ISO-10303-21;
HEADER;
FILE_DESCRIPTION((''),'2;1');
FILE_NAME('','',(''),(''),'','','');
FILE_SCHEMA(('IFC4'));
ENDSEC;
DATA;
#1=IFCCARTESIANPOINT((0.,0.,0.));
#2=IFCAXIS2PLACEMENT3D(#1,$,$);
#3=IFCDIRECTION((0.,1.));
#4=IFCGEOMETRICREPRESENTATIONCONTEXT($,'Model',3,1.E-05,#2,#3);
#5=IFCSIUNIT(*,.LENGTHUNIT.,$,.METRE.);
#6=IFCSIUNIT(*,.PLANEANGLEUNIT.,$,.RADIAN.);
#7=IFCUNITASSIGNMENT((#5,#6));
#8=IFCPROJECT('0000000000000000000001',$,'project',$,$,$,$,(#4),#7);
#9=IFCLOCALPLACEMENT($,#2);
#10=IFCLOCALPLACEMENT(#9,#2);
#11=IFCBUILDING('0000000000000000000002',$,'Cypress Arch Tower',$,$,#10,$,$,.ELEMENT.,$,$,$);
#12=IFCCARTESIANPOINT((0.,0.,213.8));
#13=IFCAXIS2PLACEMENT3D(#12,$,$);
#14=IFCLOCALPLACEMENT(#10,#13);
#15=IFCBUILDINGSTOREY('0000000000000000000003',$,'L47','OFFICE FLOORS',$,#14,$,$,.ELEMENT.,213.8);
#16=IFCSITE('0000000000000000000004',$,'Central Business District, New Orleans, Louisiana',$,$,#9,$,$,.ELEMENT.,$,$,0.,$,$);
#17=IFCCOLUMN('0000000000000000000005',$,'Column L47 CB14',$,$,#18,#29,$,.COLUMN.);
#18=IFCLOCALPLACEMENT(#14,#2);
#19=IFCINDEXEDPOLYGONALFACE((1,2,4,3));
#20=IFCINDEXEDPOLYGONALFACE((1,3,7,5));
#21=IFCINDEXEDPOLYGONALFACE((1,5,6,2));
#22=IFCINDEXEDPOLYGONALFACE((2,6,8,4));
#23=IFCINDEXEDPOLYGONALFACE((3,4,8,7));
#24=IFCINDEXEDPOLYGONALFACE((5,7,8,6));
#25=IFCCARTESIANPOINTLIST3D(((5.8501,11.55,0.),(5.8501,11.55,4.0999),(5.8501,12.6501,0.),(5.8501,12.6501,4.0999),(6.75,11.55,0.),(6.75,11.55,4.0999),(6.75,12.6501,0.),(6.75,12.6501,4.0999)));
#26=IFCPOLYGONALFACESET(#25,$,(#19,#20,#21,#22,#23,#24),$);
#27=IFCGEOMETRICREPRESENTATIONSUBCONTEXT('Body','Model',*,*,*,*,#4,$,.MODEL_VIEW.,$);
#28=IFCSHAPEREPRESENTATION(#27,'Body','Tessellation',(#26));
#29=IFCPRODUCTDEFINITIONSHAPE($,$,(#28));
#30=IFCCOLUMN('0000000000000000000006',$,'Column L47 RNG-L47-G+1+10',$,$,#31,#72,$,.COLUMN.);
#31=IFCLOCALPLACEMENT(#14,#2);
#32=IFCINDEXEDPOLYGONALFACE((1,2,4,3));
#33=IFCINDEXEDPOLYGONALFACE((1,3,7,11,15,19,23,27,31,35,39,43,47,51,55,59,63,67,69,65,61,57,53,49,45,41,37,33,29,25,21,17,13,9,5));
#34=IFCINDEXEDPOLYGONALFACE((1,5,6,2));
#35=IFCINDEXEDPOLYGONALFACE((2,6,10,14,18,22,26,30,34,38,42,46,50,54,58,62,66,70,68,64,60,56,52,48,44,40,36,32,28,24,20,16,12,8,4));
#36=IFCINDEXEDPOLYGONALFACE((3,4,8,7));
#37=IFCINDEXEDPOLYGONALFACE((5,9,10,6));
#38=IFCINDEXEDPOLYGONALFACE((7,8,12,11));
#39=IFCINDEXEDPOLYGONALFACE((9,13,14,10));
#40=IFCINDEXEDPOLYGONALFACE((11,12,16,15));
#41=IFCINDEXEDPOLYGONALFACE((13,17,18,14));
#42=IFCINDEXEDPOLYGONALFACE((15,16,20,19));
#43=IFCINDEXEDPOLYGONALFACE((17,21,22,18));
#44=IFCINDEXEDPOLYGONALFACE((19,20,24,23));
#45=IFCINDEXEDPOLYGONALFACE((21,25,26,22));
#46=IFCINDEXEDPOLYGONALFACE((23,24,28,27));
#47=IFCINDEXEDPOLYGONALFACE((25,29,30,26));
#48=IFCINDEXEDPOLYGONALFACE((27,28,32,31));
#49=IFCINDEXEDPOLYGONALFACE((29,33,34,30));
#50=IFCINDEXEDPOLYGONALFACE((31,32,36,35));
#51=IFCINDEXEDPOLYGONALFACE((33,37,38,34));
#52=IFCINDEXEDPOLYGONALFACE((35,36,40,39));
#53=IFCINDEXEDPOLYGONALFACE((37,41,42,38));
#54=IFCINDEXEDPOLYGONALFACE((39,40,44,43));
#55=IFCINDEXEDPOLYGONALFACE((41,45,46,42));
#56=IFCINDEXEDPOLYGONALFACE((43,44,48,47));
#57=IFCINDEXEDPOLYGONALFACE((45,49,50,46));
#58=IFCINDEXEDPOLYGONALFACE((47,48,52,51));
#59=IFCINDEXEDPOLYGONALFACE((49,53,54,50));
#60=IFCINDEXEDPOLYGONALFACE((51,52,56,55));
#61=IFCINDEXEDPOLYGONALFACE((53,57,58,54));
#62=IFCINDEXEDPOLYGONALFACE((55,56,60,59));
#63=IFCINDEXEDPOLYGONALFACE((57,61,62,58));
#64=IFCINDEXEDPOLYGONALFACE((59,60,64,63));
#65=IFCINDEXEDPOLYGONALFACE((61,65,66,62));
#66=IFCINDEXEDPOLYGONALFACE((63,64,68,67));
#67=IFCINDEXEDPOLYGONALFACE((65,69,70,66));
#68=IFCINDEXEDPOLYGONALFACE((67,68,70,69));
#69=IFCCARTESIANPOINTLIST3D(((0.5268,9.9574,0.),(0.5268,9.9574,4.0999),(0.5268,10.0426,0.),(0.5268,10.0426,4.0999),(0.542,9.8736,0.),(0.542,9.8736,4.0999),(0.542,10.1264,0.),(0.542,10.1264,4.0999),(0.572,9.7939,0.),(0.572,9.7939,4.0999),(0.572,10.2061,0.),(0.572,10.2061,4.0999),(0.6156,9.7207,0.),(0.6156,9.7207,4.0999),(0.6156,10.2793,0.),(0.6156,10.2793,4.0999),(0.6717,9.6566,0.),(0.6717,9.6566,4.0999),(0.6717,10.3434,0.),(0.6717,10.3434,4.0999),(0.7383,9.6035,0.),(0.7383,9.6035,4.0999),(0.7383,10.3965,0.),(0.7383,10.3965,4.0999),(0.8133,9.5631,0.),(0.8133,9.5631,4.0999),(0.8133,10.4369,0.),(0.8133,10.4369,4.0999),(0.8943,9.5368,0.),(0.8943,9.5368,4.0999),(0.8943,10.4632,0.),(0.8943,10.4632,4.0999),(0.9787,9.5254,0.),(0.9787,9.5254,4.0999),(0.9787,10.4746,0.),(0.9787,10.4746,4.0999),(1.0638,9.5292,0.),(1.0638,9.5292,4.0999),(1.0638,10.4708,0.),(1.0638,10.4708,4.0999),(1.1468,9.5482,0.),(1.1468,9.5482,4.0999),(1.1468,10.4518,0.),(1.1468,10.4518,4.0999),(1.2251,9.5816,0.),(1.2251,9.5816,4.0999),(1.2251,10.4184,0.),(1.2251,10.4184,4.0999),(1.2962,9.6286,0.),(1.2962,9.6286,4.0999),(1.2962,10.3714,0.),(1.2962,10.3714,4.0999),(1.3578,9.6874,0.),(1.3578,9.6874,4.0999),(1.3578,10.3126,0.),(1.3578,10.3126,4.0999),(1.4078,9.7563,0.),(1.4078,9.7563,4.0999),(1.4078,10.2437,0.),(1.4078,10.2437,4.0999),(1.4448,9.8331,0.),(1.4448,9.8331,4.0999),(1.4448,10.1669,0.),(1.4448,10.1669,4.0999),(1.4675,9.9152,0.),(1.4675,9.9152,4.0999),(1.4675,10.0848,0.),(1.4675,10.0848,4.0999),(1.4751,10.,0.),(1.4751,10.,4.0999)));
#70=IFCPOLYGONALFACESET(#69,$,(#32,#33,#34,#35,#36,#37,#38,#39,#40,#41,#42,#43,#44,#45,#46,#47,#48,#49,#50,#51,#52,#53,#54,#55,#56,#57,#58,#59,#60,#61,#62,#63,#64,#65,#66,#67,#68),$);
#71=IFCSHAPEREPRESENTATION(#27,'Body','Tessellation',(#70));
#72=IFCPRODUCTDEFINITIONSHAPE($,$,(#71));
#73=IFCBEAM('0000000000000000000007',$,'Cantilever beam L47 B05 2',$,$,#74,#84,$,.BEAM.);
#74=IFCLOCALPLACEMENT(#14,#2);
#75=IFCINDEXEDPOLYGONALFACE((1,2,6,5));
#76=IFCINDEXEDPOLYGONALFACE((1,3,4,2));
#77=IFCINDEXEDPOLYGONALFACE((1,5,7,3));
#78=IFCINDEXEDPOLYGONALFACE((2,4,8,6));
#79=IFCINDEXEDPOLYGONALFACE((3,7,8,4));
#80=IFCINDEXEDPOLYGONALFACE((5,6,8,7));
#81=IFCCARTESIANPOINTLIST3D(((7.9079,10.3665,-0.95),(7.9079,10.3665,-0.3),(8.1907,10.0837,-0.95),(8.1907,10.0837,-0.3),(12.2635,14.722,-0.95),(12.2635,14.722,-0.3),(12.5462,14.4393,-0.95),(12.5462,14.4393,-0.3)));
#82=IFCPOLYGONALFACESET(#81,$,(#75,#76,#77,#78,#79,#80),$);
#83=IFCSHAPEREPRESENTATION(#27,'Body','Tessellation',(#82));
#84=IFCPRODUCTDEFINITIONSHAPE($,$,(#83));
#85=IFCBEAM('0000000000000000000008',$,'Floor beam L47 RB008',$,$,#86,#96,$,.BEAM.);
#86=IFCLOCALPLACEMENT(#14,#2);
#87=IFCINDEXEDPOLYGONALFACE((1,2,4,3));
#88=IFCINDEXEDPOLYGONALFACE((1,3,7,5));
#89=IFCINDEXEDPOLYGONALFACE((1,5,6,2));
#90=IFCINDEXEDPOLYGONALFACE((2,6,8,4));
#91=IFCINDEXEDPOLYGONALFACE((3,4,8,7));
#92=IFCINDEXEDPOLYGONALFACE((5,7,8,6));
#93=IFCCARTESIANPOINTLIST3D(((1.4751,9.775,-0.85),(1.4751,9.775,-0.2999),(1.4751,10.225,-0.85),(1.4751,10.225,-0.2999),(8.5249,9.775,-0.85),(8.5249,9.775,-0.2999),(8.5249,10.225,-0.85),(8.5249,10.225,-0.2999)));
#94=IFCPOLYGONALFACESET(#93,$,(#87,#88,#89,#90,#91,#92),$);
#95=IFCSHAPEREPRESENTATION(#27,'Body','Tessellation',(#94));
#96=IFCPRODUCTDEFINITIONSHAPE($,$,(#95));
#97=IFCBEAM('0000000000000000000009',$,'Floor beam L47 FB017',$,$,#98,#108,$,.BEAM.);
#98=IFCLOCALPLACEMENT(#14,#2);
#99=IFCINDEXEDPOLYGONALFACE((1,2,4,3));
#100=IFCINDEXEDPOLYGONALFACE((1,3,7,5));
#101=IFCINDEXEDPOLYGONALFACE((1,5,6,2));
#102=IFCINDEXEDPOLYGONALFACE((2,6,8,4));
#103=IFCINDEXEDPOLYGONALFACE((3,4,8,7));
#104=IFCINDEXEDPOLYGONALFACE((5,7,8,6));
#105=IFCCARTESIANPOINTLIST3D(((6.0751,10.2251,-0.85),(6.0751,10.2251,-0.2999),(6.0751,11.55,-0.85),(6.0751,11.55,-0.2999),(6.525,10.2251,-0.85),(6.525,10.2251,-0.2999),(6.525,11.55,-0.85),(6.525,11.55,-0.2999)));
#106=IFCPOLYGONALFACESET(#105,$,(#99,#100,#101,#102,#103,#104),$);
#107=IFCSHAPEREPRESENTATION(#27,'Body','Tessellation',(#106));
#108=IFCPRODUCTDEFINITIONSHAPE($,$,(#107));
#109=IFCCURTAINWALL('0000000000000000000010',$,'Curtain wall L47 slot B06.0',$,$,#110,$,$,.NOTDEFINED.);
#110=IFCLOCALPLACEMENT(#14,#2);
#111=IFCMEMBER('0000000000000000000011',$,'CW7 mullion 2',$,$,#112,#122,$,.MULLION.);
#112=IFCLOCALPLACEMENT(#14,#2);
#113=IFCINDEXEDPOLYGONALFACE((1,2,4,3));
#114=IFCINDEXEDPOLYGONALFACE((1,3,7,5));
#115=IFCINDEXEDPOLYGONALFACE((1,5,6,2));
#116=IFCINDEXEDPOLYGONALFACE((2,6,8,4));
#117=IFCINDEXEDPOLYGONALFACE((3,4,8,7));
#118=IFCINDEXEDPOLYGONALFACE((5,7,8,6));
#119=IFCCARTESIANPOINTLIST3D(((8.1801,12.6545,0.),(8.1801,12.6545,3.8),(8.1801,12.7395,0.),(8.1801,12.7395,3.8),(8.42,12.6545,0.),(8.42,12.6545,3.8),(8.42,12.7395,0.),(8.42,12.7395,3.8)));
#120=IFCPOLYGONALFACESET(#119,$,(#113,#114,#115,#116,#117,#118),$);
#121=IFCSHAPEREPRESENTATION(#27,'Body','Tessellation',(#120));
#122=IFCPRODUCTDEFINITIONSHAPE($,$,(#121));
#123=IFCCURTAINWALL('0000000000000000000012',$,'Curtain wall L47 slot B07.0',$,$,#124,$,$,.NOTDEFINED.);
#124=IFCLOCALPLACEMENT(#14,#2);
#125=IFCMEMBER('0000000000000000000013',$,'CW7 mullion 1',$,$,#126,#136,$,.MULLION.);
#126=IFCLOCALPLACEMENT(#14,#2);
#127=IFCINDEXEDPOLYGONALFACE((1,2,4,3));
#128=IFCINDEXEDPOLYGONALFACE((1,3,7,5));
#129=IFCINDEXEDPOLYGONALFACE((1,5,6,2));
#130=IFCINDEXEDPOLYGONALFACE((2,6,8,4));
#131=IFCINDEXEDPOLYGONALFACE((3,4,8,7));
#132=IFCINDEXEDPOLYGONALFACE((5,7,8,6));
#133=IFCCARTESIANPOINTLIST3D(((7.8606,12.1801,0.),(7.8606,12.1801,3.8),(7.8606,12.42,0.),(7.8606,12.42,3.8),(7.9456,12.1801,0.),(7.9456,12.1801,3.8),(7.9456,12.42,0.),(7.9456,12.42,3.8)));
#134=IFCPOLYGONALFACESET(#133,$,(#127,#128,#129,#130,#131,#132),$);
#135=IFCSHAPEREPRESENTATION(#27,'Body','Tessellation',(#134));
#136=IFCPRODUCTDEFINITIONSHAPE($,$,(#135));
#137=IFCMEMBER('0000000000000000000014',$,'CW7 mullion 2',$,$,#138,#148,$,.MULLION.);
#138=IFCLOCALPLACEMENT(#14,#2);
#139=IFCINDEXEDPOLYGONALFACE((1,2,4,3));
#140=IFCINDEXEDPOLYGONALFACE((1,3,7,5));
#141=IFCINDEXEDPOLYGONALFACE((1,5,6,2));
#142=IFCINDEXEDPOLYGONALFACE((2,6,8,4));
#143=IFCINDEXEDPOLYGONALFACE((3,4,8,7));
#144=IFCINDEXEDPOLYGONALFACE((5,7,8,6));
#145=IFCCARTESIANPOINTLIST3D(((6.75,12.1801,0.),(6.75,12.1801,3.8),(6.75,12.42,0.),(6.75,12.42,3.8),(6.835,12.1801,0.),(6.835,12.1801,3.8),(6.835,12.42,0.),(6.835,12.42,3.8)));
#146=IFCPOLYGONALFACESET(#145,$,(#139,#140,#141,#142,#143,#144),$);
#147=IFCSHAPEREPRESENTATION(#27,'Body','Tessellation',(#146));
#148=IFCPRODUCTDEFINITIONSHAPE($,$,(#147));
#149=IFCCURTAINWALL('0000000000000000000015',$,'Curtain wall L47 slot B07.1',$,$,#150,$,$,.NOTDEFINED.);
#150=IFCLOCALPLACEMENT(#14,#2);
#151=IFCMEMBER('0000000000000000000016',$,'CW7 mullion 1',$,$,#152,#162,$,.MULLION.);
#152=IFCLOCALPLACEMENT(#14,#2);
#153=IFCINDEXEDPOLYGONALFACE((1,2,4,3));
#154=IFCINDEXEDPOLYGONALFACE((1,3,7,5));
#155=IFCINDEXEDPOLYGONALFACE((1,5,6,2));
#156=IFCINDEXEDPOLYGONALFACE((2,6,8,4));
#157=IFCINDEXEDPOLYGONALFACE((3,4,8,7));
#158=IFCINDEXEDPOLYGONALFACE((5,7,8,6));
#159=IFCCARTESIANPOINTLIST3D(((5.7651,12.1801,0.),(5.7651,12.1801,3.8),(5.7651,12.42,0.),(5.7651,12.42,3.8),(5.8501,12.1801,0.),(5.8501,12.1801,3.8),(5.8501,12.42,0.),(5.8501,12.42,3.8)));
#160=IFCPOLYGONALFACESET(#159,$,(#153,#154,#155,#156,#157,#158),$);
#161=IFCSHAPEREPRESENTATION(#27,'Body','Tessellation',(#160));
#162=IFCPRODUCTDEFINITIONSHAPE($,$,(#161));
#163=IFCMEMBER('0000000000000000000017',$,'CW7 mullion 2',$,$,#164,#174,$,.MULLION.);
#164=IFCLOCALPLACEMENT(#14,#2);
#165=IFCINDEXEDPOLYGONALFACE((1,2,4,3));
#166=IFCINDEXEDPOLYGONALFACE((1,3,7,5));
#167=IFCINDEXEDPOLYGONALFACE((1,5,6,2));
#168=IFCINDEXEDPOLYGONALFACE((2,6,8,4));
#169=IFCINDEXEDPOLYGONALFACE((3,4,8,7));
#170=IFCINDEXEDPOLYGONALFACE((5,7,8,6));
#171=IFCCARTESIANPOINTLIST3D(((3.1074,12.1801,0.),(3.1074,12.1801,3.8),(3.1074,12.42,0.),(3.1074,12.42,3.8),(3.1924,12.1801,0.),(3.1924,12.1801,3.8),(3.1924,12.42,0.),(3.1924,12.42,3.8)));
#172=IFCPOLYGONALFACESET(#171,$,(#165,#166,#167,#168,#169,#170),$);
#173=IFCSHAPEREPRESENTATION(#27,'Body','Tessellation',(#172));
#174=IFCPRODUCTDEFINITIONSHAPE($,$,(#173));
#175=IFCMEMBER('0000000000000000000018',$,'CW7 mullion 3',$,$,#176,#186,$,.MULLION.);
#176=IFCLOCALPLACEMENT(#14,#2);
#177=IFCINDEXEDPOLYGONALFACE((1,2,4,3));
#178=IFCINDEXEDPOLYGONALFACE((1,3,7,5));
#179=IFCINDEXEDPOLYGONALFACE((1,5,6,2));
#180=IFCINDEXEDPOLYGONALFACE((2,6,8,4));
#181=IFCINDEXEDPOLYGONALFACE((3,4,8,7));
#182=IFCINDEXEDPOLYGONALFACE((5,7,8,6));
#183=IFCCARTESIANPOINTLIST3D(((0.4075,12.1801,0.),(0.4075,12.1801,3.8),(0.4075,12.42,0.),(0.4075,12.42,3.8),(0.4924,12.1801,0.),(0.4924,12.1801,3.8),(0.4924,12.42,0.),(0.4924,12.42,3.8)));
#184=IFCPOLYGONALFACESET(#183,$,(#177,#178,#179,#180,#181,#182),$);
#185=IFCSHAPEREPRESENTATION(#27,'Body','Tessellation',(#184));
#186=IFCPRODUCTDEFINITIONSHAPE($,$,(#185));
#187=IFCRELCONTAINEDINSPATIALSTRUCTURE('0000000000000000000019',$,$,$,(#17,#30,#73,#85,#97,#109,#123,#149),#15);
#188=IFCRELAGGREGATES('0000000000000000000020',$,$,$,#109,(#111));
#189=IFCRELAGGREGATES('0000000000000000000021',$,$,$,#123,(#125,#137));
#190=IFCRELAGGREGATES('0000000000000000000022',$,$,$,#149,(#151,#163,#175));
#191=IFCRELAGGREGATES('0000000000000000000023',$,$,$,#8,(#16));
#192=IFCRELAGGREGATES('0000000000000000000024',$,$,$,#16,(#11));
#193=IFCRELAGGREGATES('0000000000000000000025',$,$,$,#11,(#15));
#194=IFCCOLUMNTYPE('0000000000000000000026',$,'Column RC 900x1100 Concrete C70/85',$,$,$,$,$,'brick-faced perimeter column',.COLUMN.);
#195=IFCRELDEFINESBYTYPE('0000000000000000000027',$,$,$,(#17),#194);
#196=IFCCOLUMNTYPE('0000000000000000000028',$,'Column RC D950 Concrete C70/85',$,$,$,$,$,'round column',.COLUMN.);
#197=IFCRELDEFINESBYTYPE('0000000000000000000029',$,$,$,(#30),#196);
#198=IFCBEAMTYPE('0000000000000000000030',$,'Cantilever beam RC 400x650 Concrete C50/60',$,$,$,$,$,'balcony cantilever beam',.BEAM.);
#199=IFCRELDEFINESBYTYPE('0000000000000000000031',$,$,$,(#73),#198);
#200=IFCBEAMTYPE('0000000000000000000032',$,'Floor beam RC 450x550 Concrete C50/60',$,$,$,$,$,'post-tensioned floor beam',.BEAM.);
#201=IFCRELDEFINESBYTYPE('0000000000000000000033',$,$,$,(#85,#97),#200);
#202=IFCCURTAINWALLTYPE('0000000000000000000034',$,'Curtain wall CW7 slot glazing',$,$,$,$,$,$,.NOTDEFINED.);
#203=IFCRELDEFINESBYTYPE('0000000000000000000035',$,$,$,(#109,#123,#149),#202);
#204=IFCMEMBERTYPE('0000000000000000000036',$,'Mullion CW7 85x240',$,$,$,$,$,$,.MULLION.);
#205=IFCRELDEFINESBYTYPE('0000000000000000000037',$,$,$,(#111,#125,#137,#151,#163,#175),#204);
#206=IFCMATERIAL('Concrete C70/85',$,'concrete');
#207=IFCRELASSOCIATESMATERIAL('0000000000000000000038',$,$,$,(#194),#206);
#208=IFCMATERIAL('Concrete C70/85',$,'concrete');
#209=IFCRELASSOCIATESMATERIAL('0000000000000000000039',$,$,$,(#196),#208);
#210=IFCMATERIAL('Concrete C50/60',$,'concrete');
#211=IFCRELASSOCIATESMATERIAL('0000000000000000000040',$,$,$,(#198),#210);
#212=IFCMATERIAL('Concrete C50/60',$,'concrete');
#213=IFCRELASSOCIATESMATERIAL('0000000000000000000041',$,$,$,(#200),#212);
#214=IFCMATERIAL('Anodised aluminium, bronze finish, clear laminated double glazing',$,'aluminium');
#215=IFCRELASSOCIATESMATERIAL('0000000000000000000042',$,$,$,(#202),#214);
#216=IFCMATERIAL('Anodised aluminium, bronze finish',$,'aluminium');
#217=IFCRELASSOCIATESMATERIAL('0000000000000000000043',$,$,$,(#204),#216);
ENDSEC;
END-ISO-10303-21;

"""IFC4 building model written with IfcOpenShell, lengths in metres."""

from ifc_helpers import new_model, si_unit, direction, frame, origin, origin_2d, place, context, subcontext, project, spatial, rectangle, circle, extrude, material, material_profile, profile_set, type_object, element, aggregate, save


model = new_model("IFC4")

# Units and contexts
model_context = context("Model", 3, precision=1e-05, world=origin(), true_north=direction((0.0, 1.0)))
body_context = subcontext(model_context, "Body", "Model", "MODEL_VIEW")
ifc_project = project(units=[si_unit("LENGTHUNIT", "METRE"), si_unit("PLANEANGLEUNIT", "RADIAN")], contexts=[model_context])

# Site, building, storey
site_placement = place(None, origin())
site = spatial("IfcSite", under=ifc_project, at=site_placement, Name="Central Business District, New Orleans, Louisiana", CompositionType="ELEMENT", RefElevation=0.0)
building_placement = place(site_placement, origin())
building = spatial("IfcBuilding", under=site, at=building_placement, Name="Cypress Arch Tower", CompositionType="ELEMENT")
storey_placement = place(building_placement, frame((0.0, 0.0, 213.8)))
storey = spatial("IfcBuildingStorey", under=building, at=storey_placement, Name="L47", Description="OFFICE FLOORS", CompositionType="ELEMENT", Elevation=213.8)

# Columns
ifc_material_1 = material(Name="Concrete C70/85", Category="concrete")
ifc_material_profile_1 = material_profile(ifc_material_1, rectangle(XDim=0.8999, YDim=1.1001, at=origin_2d()), Name="RC 900x1100")
ifc_profile_set_1 = profile_set([ifc_material_profile_1], Name="Concrete C70/85")
column_type_1 = type_object("IfcColumnType", Name="Column RC 900x1100 Concrete C70/85", ElementType="brick-faced perimeter column", PredefinedType="COLUMN", material=ifc_profile_set_1)
column_1_placement = place(storey_placement, frame((6.3, 12.1001, 0.0), z_axis=(0.0, 0.0, 1.0), x_axis=(-1.0, 0.0, 0.0)))
element("IfcColumn", 1, at=column_1_placement, inside=storey, type_object=column_type_1, Name="Column L47 CB14", PredefinedType="COLUMN", context=body_context, shape_type="SweptSolid", body=[
    extrude(rectangle(XDim=0.8999, YDim=1.1001, at=origin_2d()), origin(), (0.0, 0.0, 1.0), 4.0999),
])
ifc_material_2 = material(Name="Concrete C70/85", Category="concrete")
ifc_material_profile_2 = material_profile(ifc_material_2, circle(Radius=0.4751, at=origin_2d()), Name="RC D950")
ifc_profile_set_2 = profile_set([ifc_material_profile_2], Name="Concrete C70/85")
column_type_2 = type_object("IfcColumnType", Name="Column RC D950 Concrete C70/85", ElementType="round column", PredefinedType="COLUMN", material=ifc_profile_set_2)
column_2_placement = place(storey_placement, frame((1.0, 10.0, 0.0), z_axis=(0.0, 0.0, 1.0), x_axis=(1.0, 0.0, 0.0)))
element("IfcColumn", 2, at=column_2_placement, inside=storey, type_object=column_type_2, Name="Column L47 RNG-L47-G+1+10", PredefinedType="COLUMN", context=body_context, shape_type="SweptSolid", body=[
    extrude(circle(Radius=0.4751, at=origin_2d()), origin(), (0.0, 0.0, 1.0), 4.0999),
])

# Beams
ifc_material_3 = material(Name="Concrete C50/60", Category="concrete")
ifc_material_profile_3 = material_profile(ifc_material_3, rectangle(XDim=0.3999, YDim=0.6499, at=origin_2d()), Name="RC 400x650")
ifc_profile_set_3 = profile_set([ifc_material_profile_3], Name="Concrete C50/60")
beam_type_1 = type_object("IfcBeamType", Name="Cantilever beam RC 400x650 Concrete C50/60", ElementType="balcony cantilever beam", PredefinedType="BEAM", material=ifc_profile_set_3)
beam_1_placement = place(storey_placement, frame((8.0493, 10.2251, -0.625), z_axis=(0.707107, 0.707107, 0.0), x_axis=(-0.707107, 0.707107, 0.0)))
element("IfcBeam", 3, at=beam_1_placement, inside=storey, type_object=beam_type_1, Name="Cantilever beam L47 B05 2", PredefinedType="BEAM", context=body_context, shape_type="SweptSolid", body=[
    extrude(rectangle(XDim=0.3999, YDim=0.6499, at=origin_2d()), origin(), (0.0, 0.0, 1.0), 6.1597),
])
ifc_material_4 = material(Name="Concrete C50/60", Category="concrete")
ifc_material_profile_4 = material_profile(ifc_material_4, rectangle(XDim=0.45, YDim=0.55, at=origin_2d()), Name="RC 450x550")
ifc_profile_set_4 = profile_set([ifc_material_profile_4], Name="Concrete C50/60")
beam_type_2 = type_object("IfcBeamType", Name="Floor beam RC 450x550 Concrete C50/60", ElementType="post-tensioned floor beam", PredefinedType="BEAM", material=ifc_profile_set_4)
beam_2_placement = place(storey_placement, frame((1.4751, 10.0, -0.575), z_axis=(1.0, 0.0, 0.0), x_axis=(0.0, 1.0, 0.0)))
element("IfcBeam", 4, at=beam_2_placement, inside=storey, type_object=beam_type_2, Name="Floor beam L47 RB008", PredefinedType="BEAM", context=body_context, shape_type="SweptSolid", body=[
    extrude(rectangle(XDim=0.45, YDim=0.55, at=origin_2d()), origin(), (0.0, 0.0, 1.0), 7.0498),
])
beam_3_placement = place(storey_placement, frame((6.3, 10.2251, -0.575), z_axis=(0.0, 1.0, 0.0), x_axis=(-1.0, 0.0, 0.0)))
element("IfcBeam", 5, at=beam_3_placement, inside=storey, type_object=beam_type_2, Name="Floor beam L47 FB017", PredefinedType="BEAM", context=body_context, shape_type="SweptSolid", body=[
    extrude(rectangle(XDim=0.45, YDim=0.55, at=origin_2d()), origin(), (0.0, 0.0, 1.0), 1.325),
])

# Curtain wall, member
ifc_material_5 = material(Name="Anodised aluminium, bronze finish, clear laminated double glazing", Category="aluminium")
curtain_wall_type = type_object("IfcCurtainWallType", Name="Curtain wall CW7 slot glazing", PredefinedType="NOTDEFINED", material=ifc_material_5)
curtain_wall_1_placement = place(storey_placement, origin())
curtain_wall_1 = element("IfcCurtainWall", 6, at=curtain_wall_1_placement, inside=storey, type_object=curtain_wall_type, Name="Curtain wall L47 slot B06.0", PredefinedType="NOTDEFINED")
ifc_material_6 = material(Name="Anodised aluminium, bronze finish", Category="aluminium")
ifc_material_profile_5 = material_profile(ifc_material_6, rectangle(XDim=0.24, YDim=0.085, at=origin_2d()), Name="Mullion 85x240")
ifc_profile_set_5 = profile_set([ifc_material_profile_5], Name="Anodised aluminium, bronze finish")
member_type_1 = type_object("IfcMemberType", Name="Mullion CW7 85x240", PredefinedType="MULLION", material=ifc_profile_set_5)
member_1_placement = place(storey_placement, frame((8.3, 12.697, 0.0), z_axis=(0.0, 0.0, 1.0), x_axis=(1.0, 0.0, 0.0)))
member_1 = element("IfcMember", 7, at=member_1_placement, type_object=member_type_1, Name="CW7 mullion 2", PredefinedType="MULLION", context=body_context, shape_type="SweptSolid", body=[
    extrude(rectangle(XDim=0.24, YDim=0.085, at=origin_2d()), origin(), (0.0, 0.0, 1.0), 3.8),
])
aggregate(curtain_wall_1, [member_1])

# Curtain walls, members
curtain_wall_2_placement = place(storey_placement, origin())
curtain_wall_2 = element("IfcCurtainWall", 8, at=curtain_wall_2_placement, inside=storey, type_object=curtain_wall_type, Name="Curtain wall L47 slot B07.0", PredefinedType="NOTDEFINED")
member_2_placement = place(storey_placement, frame((7.9031, 12.3, 0.0), z_axis=(0.0, 0.0, 1.0), x_axis=(0.0, -1.0, 0.0)))
member_2 = element("IfcMember", 9, at=member_2_placement, type_object=member_type_1, Name="CW7 mullion 1", PredefinedType="MULLION", context=body_context, shape_type="SweptSolid", body=[
    extrude(rectangle(XDim=0.24, YDim=0.085, at=origin_2d()), origin(), (0.0, 0.0, 1.0), 3.8),
])
member_3_placement = place(storey_placement, frame((6.7925, 12.3, 0.0), z_axis=(0.0, 0.0, 1.0), x_axis=(0.0, -1.0, 0.0)))
member_3 = element("IfcMember", 10, at=member_3_placement, type_object=member_type_1, Name="CW7 mullion 2", PredefinedType="MULLION", context=body_context, shape_type="SweptSolid", body=[
    extrude(rectangle(XDim=0.24, YDim=0.085, at=origin_2d()), origin(), (0.0, 0.0, 1.0), 3.8),
])
curtain_wall_3_placement = place(storey_placement, origin())
curtain_wall_3 = element("IfcCurtainWall", 11, at=curtain_wall_3_placement, inside=storey, type_object=curtain_wall_type, Name="Curtain wall L47 slot B07.1", PredefinedType="NOTDEFINED")
member_4_placement = place(storey_placement, frame((5.8076, 12.3, 0.0), z_axis=(0.0, 0.0, 1.0), x_axis=(0.0, -1.0, 0.0)))
member_4 = element("IfcMember", 12, at=member_4_placement, type_object=member_type_1, Name="CW7 mullion 1", PredefinedType="MULLION", context=body_context, shape_type="SweptSolid", body=[
    extrude(rectangle(XDim=0.24, YDim=0.085, at=origin_2d()), origin(), (0.0, 0.0, 1.0), 3.8),
])
member_5_placement = place(storey_placement, frame((3.1499, 12.3, 0.0), z_axis=(0.0, 0.0, 1.0), x_axis=(0.0, -1.0, 0.0)))
member_5 = element("IfcMember", 13, at=member_5_placement, type_object=member_type_1, Name="CW7 mullion 2", PredefinedType="MULLION", context=body_context, shape_type="SweptSolid", body=[
    extrude(rectangle(XDim=0.24, YDim=0.085, at=origin_2d()), origin(), (0.0, 0.0, 1.0), 3.8),
])
member_6_placement = place(storey_placement, frame((0.45, 12.3, 0.0), z_axis=(0.0, 0.0, 1.0), x_axis=(0.0, -1.0, 0.0)))
member_6 = element("IfcMember", 14, at=member_6_placement, type_object=member_type_1, Name="CW7 mullion 3", PredefinedType="MULLION", context=body_context, shape_type="SweptSolid", body=[
    extrude(rectangle(XDim=0.24, YDim=0.085, at=origin_2d()), origin(), (0.0, 0.0, 1.0), 3.8),
])

aggregate(curtain_wall_2, [member_2, member_3])
aggregate(curtain_wall_3, [member_4, member_5, member_6])

save(model, "model.ifc")
